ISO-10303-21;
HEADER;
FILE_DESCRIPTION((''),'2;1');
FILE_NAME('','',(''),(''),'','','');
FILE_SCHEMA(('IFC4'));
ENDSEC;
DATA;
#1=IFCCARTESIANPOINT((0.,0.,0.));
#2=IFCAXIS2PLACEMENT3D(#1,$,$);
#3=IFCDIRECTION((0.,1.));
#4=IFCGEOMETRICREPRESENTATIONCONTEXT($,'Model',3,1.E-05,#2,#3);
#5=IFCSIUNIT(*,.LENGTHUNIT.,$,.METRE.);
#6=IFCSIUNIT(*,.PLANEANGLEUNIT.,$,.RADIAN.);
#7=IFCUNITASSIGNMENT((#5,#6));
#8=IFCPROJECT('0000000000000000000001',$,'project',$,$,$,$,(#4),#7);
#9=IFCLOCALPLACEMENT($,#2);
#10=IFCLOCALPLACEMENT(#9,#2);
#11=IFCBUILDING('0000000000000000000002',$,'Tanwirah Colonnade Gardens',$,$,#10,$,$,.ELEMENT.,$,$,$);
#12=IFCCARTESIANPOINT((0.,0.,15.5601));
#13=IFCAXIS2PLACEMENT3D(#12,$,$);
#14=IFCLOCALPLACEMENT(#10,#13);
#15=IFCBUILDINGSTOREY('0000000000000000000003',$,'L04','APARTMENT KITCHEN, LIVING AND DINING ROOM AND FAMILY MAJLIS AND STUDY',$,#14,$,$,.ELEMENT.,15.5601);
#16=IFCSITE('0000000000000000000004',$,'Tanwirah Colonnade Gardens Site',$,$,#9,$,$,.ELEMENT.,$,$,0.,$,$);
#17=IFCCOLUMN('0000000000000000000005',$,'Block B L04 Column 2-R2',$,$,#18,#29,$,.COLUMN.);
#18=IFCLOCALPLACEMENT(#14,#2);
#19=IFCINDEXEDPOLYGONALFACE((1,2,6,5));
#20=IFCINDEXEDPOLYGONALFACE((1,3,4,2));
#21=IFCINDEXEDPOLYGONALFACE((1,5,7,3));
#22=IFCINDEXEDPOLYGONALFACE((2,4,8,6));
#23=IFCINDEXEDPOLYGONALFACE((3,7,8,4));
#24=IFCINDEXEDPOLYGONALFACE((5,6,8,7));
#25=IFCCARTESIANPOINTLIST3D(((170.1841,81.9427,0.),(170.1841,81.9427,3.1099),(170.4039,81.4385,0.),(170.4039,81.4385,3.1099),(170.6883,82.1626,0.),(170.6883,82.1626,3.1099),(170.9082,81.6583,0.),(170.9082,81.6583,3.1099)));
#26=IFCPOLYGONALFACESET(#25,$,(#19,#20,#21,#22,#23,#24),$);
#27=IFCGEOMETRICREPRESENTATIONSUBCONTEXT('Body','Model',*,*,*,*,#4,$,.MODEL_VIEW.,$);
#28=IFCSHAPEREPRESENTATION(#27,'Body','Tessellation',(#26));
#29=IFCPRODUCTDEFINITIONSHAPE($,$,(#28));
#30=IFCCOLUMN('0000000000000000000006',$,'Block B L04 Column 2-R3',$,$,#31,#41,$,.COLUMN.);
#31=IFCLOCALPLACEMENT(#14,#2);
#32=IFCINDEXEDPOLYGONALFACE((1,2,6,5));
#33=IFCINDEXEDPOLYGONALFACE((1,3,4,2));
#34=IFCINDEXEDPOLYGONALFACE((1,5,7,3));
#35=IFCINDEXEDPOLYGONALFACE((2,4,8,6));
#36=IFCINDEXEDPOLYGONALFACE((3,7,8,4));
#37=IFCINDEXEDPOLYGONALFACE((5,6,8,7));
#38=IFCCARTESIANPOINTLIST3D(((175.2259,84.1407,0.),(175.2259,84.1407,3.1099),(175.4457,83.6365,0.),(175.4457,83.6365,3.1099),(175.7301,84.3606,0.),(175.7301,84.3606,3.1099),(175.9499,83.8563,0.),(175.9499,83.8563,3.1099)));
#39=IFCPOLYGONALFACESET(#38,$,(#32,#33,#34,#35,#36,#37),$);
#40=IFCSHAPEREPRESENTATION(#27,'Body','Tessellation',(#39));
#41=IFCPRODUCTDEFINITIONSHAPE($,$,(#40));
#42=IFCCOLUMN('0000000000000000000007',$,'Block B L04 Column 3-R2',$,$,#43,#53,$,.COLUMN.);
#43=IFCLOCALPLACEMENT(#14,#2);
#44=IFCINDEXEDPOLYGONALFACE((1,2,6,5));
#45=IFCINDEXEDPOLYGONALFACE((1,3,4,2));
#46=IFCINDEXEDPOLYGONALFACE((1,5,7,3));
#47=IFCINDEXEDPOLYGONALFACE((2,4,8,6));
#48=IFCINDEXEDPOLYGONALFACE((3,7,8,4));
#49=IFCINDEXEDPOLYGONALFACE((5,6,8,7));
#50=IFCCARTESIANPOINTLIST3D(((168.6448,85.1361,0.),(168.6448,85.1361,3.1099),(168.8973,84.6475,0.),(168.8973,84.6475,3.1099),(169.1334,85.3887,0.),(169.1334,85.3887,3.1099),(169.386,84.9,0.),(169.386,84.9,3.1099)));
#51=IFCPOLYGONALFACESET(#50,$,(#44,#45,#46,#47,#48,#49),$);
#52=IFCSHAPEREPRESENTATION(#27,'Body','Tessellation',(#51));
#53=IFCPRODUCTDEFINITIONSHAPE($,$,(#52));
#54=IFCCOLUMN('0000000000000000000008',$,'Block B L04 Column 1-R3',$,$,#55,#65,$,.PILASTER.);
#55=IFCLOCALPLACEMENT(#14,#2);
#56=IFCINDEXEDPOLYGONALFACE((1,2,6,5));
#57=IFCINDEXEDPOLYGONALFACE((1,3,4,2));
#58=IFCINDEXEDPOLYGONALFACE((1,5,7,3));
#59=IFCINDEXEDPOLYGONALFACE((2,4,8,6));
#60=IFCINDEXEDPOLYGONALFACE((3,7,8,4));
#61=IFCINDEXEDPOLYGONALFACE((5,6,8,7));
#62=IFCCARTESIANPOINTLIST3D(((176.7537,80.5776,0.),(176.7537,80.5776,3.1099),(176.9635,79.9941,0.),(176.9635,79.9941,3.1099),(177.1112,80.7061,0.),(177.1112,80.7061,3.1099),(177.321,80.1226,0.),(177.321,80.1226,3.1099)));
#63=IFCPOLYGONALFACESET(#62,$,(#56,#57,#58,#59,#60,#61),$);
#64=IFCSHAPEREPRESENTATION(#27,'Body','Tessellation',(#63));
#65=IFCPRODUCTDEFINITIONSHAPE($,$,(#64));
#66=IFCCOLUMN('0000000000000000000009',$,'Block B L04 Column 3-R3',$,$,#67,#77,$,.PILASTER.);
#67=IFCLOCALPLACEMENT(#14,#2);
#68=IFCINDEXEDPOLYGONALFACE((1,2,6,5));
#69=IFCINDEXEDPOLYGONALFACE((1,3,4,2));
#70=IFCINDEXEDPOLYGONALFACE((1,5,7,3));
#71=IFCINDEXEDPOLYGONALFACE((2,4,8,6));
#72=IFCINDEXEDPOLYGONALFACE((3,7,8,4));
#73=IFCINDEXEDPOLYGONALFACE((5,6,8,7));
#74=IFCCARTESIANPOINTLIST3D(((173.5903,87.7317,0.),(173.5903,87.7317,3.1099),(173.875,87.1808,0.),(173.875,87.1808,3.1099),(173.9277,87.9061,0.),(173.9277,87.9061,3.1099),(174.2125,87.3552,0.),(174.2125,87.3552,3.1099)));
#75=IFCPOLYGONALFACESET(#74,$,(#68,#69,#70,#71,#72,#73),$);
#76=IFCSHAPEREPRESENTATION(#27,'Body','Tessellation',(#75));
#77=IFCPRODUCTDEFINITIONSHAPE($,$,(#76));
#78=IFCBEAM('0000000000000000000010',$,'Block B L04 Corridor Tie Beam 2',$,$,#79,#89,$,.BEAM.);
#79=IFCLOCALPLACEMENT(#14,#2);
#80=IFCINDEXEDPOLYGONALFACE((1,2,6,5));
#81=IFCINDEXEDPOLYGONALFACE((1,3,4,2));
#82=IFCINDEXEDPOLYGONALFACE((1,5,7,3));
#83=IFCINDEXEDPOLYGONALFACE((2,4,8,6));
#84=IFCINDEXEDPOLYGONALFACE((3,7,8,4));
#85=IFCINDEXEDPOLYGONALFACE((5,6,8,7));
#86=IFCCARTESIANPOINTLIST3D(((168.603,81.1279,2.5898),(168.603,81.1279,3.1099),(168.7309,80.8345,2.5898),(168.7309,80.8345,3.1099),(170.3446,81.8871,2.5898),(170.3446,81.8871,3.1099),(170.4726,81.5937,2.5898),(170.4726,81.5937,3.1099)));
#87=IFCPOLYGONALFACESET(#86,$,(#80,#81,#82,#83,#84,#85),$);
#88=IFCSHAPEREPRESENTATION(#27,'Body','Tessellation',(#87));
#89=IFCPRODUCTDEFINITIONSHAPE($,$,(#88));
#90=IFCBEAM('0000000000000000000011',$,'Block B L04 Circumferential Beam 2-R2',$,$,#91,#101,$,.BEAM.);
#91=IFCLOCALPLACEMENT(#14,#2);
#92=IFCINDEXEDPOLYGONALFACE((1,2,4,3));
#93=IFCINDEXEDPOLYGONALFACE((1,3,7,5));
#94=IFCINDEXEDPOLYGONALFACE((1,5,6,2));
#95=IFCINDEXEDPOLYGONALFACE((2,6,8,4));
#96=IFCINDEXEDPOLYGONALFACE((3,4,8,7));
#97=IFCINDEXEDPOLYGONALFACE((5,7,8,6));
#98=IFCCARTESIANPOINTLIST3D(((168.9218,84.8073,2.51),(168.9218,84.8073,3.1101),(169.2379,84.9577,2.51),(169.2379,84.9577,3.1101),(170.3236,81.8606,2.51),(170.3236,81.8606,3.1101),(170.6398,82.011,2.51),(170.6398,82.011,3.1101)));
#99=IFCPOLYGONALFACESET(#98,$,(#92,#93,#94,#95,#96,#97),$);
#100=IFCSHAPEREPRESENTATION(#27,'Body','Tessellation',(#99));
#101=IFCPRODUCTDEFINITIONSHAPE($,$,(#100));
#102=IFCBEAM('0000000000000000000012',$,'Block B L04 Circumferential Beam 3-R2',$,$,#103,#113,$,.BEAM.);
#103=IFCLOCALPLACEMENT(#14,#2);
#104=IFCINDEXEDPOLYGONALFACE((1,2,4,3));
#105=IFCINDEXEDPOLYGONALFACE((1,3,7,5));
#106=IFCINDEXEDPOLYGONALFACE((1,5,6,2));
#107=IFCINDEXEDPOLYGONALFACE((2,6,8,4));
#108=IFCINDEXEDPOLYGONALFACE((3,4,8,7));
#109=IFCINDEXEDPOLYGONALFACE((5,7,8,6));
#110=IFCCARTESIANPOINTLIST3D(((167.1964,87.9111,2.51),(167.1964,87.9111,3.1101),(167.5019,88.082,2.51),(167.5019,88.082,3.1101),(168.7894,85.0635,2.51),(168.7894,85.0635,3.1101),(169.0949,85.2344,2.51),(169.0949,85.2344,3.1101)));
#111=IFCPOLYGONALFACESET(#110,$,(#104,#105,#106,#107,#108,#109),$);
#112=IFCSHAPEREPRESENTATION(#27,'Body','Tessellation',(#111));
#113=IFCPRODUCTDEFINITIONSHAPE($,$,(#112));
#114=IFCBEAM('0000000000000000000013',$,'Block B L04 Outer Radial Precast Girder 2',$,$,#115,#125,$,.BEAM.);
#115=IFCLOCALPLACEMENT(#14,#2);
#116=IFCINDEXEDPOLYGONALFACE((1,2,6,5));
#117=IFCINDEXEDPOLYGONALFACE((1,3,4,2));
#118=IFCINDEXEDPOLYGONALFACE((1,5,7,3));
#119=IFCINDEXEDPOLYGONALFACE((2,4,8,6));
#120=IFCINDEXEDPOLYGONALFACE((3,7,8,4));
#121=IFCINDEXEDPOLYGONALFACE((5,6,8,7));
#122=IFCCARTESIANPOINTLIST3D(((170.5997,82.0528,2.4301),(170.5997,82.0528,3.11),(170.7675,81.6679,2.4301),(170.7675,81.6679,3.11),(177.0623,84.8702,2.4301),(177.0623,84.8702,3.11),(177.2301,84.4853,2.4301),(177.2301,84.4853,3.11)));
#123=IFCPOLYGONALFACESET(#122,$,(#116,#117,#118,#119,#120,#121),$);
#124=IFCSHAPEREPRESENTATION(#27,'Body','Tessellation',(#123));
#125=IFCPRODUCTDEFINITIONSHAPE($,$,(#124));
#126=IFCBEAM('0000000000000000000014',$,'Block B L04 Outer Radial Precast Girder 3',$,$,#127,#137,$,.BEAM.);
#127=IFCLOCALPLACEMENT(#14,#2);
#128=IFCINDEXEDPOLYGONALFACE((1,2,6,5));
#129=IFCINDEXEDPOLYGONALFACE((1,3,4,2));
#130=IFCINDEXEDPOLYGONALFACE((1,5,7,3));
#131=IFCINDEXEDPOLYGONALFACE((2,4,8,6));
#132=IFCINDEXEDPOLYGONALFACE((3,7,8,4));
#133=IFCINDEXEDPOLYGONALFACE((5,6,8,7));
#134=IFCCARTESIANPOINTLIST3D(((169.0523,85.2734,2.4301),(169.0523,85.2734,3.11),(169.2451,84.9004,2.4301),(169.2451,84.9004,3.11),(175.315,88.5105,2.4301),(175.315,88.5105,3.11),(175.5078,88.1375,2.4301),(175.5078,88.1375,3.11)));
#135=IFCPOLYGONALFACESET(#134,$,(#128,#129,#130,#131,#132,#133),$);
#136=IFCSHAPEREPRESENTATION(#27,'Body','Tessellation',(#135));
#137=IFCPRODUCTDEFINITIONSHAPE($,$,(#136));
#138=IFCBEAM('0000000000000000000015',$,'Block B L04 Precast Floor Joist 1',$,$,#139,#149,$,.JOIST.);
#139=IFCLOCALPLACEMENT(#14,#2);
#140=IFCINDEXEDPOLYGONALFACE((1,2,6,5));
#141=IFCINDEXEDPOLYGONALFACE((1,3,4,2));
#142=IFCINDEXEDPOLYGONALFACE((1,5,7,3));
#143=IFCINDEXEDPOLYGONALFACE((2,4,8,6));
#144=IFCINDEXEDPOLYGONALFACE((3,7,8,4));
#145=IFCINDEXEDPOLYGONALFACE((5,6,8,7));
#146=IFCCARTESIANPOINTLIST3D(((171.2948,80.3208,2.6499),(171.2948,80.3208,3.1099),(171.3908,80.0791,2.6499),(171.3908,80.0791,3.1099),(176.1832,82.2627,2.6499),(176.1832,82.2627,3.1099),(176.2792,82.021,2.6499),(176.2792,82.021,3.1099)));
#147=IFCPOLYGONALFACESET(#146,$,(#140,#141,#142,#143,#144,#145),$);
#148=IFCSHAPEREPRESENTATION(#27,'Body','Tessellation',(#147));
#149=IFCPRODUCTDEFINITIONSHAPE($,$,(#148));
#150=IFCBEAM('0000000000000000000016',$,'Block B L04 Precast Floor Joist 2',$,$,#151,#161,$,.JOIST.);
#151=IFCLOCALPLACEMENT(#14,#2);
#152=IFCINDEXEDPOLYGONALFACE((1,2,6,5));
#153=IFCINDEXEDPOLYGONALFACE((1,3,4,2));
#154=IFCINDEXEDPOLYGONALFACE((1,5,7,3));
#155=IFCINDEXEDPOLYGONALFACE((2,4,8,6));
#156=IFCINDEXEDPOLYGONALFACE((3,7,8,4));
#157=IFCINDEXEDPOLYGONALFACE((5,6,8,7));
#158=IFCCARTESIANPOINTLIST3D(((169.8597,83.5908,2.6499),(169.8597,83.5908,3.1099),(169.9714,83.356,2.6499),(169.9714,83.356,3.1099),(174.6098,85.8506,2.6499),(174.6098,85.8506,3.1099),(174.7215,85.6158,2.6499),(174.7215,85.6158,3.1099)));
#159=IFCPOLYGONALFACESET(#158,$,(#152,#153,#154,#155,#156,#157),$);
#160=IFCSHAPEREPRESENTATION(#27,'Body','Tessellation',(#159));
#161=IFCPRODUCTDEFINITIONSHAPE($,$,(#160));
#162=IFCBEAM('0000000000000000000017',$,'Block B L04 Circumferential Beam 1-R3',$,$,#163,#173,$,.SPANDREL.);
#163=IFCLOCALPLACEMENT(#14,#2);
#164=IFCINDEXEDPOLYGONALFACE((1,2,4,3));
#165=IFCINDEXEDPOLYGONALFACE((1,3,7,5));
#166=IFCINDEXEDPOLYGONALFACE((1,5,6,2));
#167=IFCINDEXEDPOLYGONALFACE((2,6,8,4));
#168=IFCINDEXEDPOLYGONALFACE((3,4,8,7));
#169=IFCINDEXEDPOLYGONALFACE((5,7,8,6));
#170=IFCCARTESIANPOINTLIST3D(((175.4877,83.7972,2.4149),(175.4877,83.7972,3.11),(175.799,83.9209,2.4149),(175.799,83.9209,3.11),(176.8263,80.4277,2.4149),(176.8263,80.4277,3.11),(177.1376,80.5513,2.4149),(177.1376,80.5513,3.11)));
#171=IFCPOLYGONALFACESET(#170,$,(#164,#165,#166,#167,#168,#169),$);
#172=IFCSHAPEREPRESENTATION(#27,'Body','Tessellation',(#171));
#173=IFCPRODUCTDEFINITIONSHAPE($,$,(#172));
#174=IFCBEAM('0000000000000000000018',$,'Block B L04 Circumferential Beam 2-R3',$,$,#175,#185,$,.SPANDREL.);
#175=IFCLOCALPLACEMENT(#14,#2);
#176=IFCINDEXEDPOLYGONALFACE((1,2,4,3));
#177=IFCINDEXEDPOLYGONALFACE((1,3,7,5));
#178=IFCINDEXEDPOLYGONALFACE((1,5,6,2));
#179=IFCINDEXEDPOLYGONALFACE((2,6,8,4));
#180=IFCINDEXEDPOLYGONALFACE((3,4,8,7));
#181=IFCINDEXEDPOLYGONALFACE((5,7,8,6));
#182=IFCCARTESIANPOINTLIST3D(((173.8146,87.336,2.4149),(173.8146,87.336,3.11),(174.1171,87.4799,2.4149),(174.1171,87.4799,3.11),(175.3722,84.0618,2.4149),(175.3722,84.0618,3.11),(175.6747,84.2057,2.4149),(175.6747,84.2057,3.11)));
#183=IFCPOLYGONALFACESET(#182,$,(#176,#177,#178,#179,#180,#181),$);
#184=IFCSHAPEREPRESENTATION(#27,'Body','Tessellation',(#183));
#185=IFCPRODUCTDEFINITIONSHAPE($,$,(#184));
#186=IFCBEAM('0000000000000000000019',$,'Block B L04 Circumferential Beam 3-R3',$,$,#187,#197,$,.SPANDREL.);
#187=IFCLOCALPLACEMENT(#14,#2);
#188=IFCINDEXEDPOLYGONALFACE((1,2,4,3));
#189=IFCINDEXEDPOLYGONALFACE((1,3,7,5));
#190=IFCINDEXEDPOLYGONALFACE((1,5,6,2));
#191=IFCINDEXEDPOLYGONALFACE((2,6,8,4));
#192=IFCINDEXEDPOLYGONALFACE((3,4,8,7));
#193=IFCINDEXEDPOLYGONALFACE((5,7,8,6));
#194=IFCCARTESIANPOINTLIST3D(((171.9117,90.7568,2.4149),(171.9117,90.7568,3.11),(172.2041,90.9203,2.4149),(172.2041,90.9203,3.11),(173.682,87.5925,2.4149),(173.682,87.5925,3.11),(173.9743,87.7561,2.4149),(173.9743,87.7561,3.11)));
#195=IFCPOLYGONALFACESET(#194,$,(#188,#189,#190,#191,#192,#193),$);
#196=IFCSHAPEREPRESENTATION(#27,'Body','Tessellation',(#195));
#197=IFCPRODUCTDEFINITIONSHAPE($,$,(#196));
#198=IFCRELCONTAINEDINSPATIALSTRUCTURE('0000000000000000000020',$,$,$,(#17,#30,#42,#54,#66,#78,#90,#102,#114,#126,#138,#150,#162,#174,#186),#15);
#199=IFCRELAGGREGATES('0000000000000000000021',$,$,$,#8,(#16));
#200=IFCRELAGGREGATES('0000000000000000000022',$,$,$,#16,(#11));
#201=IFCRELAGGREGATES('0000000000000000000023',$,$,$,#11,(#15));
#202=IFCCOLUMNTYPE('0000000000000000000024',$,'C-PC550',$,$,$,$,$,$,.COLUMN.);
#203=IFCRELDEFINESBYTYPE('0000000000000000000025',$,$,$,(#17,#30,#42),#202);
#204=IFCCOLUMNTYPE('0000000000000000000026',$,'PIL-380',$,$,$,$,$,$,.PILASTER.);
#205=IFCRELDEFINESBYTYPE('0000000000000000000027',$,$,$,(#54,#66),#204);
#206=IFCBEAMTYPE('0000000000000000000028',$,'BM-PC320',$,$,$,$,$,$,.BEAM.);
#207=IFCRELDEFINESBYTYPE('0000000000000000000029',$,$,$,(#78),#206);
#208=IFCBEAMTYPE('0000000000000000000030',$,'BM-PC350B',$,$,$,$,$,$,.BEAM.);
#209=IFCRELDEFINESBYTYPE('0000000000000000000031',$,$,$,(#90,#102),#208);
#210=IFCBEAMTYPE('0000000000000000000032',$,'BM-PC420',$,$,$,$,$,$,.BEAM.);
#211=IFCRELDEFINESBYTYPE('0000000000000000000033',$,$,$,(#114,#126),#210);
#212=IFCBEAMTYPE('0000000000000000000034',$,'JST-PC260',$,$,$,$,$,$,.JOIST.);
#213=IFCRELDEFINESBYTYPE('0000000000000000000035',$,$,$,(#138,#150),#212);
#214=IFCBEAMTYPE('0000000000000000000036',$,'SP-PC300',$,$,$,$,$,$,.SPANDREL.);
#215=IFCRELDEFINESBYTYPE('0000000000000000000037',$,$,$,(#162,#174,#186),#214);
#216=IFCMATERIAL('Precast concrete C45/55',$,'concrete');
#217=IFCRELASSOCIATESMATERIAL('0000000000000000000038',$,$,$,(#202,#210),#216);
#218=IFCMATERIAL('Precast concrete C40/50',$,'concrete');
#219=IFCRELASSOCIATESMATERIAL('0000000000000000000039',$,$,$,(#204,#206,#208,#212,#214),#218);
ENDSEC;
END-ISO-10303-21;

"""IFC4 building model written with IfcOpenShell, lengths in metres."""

from ifc_helpers import new_model, si_unit, direction, frame, origin, origin_2d, place, context, subcontext, project, spatial, rectangle, extrude, material, material_profile, profile_set, type_object, element, save


model = new_model("IFC4")

# Units and contexts
model_context = context("Model", 3, precision=1e-05, world=origin(), true_north=direction((0.0, 1.0)))
body_context = subcontext(model_context, "Body", "Model", "MODEL_VIEW")
ifc_project = project(units=[si_unit("LENGTHUNIT", "METRE"), si_unit("PLANEANGLEUNIT", "RADIAN")], contexts=[model_context])

# Site, building, storey
site_placement = place(None, origin())
site = spatial("IfcSite", under=ifc_project, at=site_placement, Name="Tanwirah Colonnade Gardens Site", CompositionType="ELEMENT", RefElevation=0.0)
building_placement = place(site_placement, origin())
building = spatial("IfcBuilding", under=site, at=building_placement, Name="Tanwirah Colonnade Gardens", CompositionType="ELEMENT")
storey_placement = place(building_placement, frame((0.0, 0.0, 15.5601)))
storey = spatial("IfcBuildingStorey", under=building, at=storey_placement, Name="L04", Description="APARTMENT KITCHEN, LIVING AND DINING ROOM AND FAMILY MAJLIS AND STUDY", CompositionType="ELEMENT", Elevation=15.5601)

# Columns
ifc_material_1 = material(Name="Precast concrete C45/55", Category="concrete")
ifc_material_profile_1 = material_profile(ifc_material_1, rectangle(XDim=0.55, YDim=0.55, at=origin_2d()), Name="PC-COL 550x550")
ifc_profile_set_1 = profile_set([ifc_material_profile_1], Name="Precast concrete C45/55")
column_type_1 = type_object("IfcColumnType", Name="C-PC550", PredefinedType="COLUMN", material=ifc_profile_set_1)
for number, where, z_axis, x_axis, name in (
    (1, (170.5461, 81.8005, 0.0), (0.0, 0.0, 1.0), (0.916673, 0.399638, 0.0), "Block B L04 Column 2-R2"),
    (2, (175.5879, 83.9985, 0.0), (0.0, 0.0, 1.0), (0.916673, 0.399638, 0.0), "Block B L04 Column 2-R3"),
    (3, (169.0154, 85.0181, 0.0), (0.0, 0.0, 1.0), (0.88835, 0.459166, 0.0), "Block B L04 Column 3-R2"),
):
    element("IfcColumn", number, at=place(storey_placement, frame(where, z_axis=z_axis, x_axis=x_axis)), inside=storey, type_object=column_type_1, Name=name, PredefinedType="COLUMN", context=body_context, shape_type="SweptSolid", body=[
        extrude(rectangle(XDim=0.55, YDim=0.55, at=origin_2d()), origin(), (0.0, 0.0, 1.0), 3.1099),
    ])
ifc_material_2 = material(Name="Precast concrete C40/50", Category="concrete")
ifc_material_profile_2 = material_profile(ifc_material_2, rectangle(XDim=0.3799, YDim=0.6201, at=origin_2d()), Name="PC-PIL 380x620")
ifc_profile_set_2 = profile_set([ifc_material_profile_2], Name="Precast concrete C40/50")
column_type_2 = type_object("IfcColumnType", Name="PIL-380", PredefinedType="PILASTER", material=ifc_profile_set_2)
for number, where, z_axis, x_axis, name in (
    (4, (177.0374, 80.3501, 0.0), (0.0, 0.0, 1.0), (0.941012, 0.338373, 0.0), "Block B L04 Column 1-R3"),
    (5, (173.9014, 87.5435, 0.0), (0.0, 0.0, 1.0), (0.88835, 0.459166, 0.0), "Block B L04 Column 3-R3"),
):
    element("IfcColumn", number, at=place(storey_placement, frame(where, z_axis=z_axis, x_axis=x_axis)), inside=storey, type_object=column_type_2, Name=name, PredefinedType="PILASTER", context=body_context, shape_type="SweptSolid", body=[
        extrude(rectangle(XDim=0.3799, YDim=0.6201, at=origin_2d()), origin(), (0.0, 0.0, 1.0), 3.1099),
    ])

# Beams
ifc_material_profile_3 = material_profile(ifc_material_2, rectangle(XDim=0.3201, YDim=0.52, at=origin_2d()), Name="PC-BM 320x520")
ifc_profile_set_3 = profile_set([ifc_material_profile_3], Name="Precast concrete C40/50")
beam_type_1 = type_object("IfcBeamType", Name="BM-PC320", PredefinedType="BEAM", material=ifc_profile_set_3)
beam_1_placement = place(storey_placement, frame((168.667, 80.9812, 2.8499), z_axis=(0.916681, 0.399619, 0.0), x_axis=(-0.399619, 0.916681, 0.0)))
element("IfcBeam", 6, at=beam_1_placement, inside=storey, type_object=beam_type_1, Name="Block B L04 Corridor Tie Beam 2", PredefinedType="BEAM", context=body_context, shape_type="SweptSolid", body=[
    extrude(rectangle(XDim=0.3201, YDim=0.52, at=origin_2d()), origin(), (0.0, 0.0, 1.0), 1.8999),
])
ifc_material_profile_4 = material_profile(ifc_material_2, rectangle(XDim=0.3501, YDim=0.6001, at=origin_2d()), Name="PC-BM 350x600")
ifc_profile_set_4 = profile_set([ifc_material_profile_4], Name="Precast concrete C40/50")
beam_type_2 = type_object("IfcBeamType", Name="BM-PC350B", PredefinedType="BEAM", material=ifc_profile_set_4)
beam_2_placement = place(storey_placement, frame((170.4817, 81.9358, 2.8101), z_axis=(-0.429591, 0.903024, 0.0), x_axis=(-0.903024, -0.429591, 0.0)))
element("IfcBeam", 7, at=beam_2_placement, inside=storey, type_object=beam_type_2, Name="Block B L04 Circumferential Beam 2-R2", PredefinedType="BEAM", context=body_context, shape_type="SweptSolid", body=[
    extrude(rectangle(XDim=0.3501, YDim=0.6001, at=origin_2d()), origin(), (0.0, 0.0, 1.0), 3.2632),
])
beam_3_placement = place(storey_placement, frame((168.9421, 85.1489, 2.8101), z_axis=(-0.488214, 0.872724, 0.0), x_axis=(-0.872724, -0.488214, 0.0)))
element("IfcBeam", 8, at=beam_3_placement, inside=storey, type_object=beam_type_2, Name="Block B L04 Circumferential Beam 3-R2", PredefinedType="BEAM", context=body_context, shape_type="SweptSolid", body=[
    extrude(rectangle(XDim=0.3501, YDim=0.6001, at=origin_2d()), origin(), (0.0, 0.0, 1.0), 3.2629),
])
ifc_material_profile_5 = material_profile(ifc_material_1, rectangle(XDim=0.4199, YDim=0.6799, at=origin_2d()), Name="PC-BM 420x680")
ifc_profile_set_5 = profile_set([ifc_material_profile_5], Name="Precast concrete C45/55")
beam_type_3 = type_object("IfcBeamType", Name="BM-PC420", PredefinedType="BEAM", material=ifc_profile_set_5)
beam_4_placement = place(storey_placement, frame((170.6836, 81.8604, 2.77), z_axis=(0.916679, 0.399625, 0.0), x_axis=(-0.399625, 0.916679, 0.0)))
element("IfcBeam", 9, at=beam_4_placement, inside=storey, type_object=beam_type_3, Name="Block B L04 Outer Radial Precast Girder 2", PredefinedType="BEAM", context=body_context, shape_type="SweptSolid", body=[
    extrude(rectangle(XDim=0.4199, YDim=0.6799, at=origin_2d()), origin(), (0.0, 0.0, 1.0), 7.05),
])
beam_5_placement = place(storey_placement, frame((169.1487, 85.0869, 2.77), z_axis=(0.888349, 0.459169, 0.0), x_axis=(-0.459169, 0.888349, 0.0)))
element("IfcBeam", 10, at=beam_5_placement, inside=storey, type_object=beam_type_3, Name="Block B L04 Outer Radial Precast Girder 3", PredefinedType="BEAM", context=body_context, shape_type="SweptSolid", body=[
    extrude(rectangle(XDim=0.4199, YDim=0.6799, at=origin_2d()), origin(), (0.0, 0.0, 1.0), 7.0498),
])
ifc_material_profile_6 = material_profile(ifc_material_2, rectangle(XDim=0.26, YDim=0.46, at=origin_2d()), Name="PC-JST 260x460")
ifc_profile_set_6 = profile_set([ifc_material_profile_6], Name="Precast concrete C40/50")
beam_type_4 = type_object("IfcBeamType", Name="JST-PC260", PredefinedType="JOIST", material=ifc_profile_set_6)
beam_6_placement = place(storey_placement, frame((171.3428, 80.2, 2.8799), z_axis=(0.929358, 0.369181, 0.0), x_axis=(-0.369181, 0.929358, 0.0)))
element("IfcBeam", 11, at=beam_6_placement, inside=storey, type_object=beam_type_4, Name="Block B L04 Precast Floor Joist 1", PredefinedType="JOIST", context=body_context, shape_type="SweptSolid", body=[
    extrude(rectangle(XDim=0.26, YDim=0.46, at=origin_2d()), origin(), (0.0, 0.0, 1.0), 5.26),
])
beam_7_placement = place(storey_placement, frame((169.9155, 83.4734, 2.8799), z_axis=(0.903018, 0.429602, 0.0), x_axis=(-0.429602, 0.903018, 0.0)))
element("IfcBeam", 12, at=beam_7_placement, inside=storey, type_object=beam_type_4, Name="Block B L04 Precast Floor Joist 2", PredefinedType="JOIST", context=body_context, shape_type="SweptSolid", body=[
    extrude(rectangle(XDim=0.26, YDim=0.46, at=origin_2d()), origin(), (0.0, 0.0, 1.0), 5.2603),
])
ifc_material_profile_7 = material_profile(ifc_material_2, rectangle(XDim=0.335, YDim=0.6951, at=origin_2d()), Name="PC-SP 335x695")
ifc_profile_set_7 = profile_set([ifc_material_profile_7], Name="Precast concrete C40/50")
beam_type_5 = type_object("IfcBeamType", Name="SP-PC300", PredefinedType="SPANDREL", material=ifc_profile_set_7)
for number, where, z_axis, x_axis, name in (
    (13, (176.9819, 80.4895, 2.7625), (-0.369195, 0.929352, 0.0), (-0.929352, -0.369195, 0.0), "Block B L04 Circumferential Beam 1-R3"),
    (14, (175.5234, 84.1338, 2.7625), (-0.429594, 0.903022, 0.0), (-0.903022, -0.429594, 0.0), "Block B L04 Circumferential Beam 2-R3"),
    (15, (173.8281, 87.6743, 2.7625), (-0.488236, 0.872711, 0.0), (-0.872711, -0.488236, 0.0), "Block B L04 Circumferential Beam 3-R3"),
):
    element("IfcBeam", number, at=place(storey_placement, frame(where, z_axis=z_axis, x_axis=x_axis)), inside=storey, type_object=beam_type_5, Name=name, PredefinedType="SPANDREL", context=body_context, shape_type="SweptSolid", body=[
        extrude(rectangle(XDim=0.335, YDim=0.6951, at=origin_2d()), origin(), (0.0, 0.0, 1.0), 3.6257),
    ])

save(model, "model.ifc")
